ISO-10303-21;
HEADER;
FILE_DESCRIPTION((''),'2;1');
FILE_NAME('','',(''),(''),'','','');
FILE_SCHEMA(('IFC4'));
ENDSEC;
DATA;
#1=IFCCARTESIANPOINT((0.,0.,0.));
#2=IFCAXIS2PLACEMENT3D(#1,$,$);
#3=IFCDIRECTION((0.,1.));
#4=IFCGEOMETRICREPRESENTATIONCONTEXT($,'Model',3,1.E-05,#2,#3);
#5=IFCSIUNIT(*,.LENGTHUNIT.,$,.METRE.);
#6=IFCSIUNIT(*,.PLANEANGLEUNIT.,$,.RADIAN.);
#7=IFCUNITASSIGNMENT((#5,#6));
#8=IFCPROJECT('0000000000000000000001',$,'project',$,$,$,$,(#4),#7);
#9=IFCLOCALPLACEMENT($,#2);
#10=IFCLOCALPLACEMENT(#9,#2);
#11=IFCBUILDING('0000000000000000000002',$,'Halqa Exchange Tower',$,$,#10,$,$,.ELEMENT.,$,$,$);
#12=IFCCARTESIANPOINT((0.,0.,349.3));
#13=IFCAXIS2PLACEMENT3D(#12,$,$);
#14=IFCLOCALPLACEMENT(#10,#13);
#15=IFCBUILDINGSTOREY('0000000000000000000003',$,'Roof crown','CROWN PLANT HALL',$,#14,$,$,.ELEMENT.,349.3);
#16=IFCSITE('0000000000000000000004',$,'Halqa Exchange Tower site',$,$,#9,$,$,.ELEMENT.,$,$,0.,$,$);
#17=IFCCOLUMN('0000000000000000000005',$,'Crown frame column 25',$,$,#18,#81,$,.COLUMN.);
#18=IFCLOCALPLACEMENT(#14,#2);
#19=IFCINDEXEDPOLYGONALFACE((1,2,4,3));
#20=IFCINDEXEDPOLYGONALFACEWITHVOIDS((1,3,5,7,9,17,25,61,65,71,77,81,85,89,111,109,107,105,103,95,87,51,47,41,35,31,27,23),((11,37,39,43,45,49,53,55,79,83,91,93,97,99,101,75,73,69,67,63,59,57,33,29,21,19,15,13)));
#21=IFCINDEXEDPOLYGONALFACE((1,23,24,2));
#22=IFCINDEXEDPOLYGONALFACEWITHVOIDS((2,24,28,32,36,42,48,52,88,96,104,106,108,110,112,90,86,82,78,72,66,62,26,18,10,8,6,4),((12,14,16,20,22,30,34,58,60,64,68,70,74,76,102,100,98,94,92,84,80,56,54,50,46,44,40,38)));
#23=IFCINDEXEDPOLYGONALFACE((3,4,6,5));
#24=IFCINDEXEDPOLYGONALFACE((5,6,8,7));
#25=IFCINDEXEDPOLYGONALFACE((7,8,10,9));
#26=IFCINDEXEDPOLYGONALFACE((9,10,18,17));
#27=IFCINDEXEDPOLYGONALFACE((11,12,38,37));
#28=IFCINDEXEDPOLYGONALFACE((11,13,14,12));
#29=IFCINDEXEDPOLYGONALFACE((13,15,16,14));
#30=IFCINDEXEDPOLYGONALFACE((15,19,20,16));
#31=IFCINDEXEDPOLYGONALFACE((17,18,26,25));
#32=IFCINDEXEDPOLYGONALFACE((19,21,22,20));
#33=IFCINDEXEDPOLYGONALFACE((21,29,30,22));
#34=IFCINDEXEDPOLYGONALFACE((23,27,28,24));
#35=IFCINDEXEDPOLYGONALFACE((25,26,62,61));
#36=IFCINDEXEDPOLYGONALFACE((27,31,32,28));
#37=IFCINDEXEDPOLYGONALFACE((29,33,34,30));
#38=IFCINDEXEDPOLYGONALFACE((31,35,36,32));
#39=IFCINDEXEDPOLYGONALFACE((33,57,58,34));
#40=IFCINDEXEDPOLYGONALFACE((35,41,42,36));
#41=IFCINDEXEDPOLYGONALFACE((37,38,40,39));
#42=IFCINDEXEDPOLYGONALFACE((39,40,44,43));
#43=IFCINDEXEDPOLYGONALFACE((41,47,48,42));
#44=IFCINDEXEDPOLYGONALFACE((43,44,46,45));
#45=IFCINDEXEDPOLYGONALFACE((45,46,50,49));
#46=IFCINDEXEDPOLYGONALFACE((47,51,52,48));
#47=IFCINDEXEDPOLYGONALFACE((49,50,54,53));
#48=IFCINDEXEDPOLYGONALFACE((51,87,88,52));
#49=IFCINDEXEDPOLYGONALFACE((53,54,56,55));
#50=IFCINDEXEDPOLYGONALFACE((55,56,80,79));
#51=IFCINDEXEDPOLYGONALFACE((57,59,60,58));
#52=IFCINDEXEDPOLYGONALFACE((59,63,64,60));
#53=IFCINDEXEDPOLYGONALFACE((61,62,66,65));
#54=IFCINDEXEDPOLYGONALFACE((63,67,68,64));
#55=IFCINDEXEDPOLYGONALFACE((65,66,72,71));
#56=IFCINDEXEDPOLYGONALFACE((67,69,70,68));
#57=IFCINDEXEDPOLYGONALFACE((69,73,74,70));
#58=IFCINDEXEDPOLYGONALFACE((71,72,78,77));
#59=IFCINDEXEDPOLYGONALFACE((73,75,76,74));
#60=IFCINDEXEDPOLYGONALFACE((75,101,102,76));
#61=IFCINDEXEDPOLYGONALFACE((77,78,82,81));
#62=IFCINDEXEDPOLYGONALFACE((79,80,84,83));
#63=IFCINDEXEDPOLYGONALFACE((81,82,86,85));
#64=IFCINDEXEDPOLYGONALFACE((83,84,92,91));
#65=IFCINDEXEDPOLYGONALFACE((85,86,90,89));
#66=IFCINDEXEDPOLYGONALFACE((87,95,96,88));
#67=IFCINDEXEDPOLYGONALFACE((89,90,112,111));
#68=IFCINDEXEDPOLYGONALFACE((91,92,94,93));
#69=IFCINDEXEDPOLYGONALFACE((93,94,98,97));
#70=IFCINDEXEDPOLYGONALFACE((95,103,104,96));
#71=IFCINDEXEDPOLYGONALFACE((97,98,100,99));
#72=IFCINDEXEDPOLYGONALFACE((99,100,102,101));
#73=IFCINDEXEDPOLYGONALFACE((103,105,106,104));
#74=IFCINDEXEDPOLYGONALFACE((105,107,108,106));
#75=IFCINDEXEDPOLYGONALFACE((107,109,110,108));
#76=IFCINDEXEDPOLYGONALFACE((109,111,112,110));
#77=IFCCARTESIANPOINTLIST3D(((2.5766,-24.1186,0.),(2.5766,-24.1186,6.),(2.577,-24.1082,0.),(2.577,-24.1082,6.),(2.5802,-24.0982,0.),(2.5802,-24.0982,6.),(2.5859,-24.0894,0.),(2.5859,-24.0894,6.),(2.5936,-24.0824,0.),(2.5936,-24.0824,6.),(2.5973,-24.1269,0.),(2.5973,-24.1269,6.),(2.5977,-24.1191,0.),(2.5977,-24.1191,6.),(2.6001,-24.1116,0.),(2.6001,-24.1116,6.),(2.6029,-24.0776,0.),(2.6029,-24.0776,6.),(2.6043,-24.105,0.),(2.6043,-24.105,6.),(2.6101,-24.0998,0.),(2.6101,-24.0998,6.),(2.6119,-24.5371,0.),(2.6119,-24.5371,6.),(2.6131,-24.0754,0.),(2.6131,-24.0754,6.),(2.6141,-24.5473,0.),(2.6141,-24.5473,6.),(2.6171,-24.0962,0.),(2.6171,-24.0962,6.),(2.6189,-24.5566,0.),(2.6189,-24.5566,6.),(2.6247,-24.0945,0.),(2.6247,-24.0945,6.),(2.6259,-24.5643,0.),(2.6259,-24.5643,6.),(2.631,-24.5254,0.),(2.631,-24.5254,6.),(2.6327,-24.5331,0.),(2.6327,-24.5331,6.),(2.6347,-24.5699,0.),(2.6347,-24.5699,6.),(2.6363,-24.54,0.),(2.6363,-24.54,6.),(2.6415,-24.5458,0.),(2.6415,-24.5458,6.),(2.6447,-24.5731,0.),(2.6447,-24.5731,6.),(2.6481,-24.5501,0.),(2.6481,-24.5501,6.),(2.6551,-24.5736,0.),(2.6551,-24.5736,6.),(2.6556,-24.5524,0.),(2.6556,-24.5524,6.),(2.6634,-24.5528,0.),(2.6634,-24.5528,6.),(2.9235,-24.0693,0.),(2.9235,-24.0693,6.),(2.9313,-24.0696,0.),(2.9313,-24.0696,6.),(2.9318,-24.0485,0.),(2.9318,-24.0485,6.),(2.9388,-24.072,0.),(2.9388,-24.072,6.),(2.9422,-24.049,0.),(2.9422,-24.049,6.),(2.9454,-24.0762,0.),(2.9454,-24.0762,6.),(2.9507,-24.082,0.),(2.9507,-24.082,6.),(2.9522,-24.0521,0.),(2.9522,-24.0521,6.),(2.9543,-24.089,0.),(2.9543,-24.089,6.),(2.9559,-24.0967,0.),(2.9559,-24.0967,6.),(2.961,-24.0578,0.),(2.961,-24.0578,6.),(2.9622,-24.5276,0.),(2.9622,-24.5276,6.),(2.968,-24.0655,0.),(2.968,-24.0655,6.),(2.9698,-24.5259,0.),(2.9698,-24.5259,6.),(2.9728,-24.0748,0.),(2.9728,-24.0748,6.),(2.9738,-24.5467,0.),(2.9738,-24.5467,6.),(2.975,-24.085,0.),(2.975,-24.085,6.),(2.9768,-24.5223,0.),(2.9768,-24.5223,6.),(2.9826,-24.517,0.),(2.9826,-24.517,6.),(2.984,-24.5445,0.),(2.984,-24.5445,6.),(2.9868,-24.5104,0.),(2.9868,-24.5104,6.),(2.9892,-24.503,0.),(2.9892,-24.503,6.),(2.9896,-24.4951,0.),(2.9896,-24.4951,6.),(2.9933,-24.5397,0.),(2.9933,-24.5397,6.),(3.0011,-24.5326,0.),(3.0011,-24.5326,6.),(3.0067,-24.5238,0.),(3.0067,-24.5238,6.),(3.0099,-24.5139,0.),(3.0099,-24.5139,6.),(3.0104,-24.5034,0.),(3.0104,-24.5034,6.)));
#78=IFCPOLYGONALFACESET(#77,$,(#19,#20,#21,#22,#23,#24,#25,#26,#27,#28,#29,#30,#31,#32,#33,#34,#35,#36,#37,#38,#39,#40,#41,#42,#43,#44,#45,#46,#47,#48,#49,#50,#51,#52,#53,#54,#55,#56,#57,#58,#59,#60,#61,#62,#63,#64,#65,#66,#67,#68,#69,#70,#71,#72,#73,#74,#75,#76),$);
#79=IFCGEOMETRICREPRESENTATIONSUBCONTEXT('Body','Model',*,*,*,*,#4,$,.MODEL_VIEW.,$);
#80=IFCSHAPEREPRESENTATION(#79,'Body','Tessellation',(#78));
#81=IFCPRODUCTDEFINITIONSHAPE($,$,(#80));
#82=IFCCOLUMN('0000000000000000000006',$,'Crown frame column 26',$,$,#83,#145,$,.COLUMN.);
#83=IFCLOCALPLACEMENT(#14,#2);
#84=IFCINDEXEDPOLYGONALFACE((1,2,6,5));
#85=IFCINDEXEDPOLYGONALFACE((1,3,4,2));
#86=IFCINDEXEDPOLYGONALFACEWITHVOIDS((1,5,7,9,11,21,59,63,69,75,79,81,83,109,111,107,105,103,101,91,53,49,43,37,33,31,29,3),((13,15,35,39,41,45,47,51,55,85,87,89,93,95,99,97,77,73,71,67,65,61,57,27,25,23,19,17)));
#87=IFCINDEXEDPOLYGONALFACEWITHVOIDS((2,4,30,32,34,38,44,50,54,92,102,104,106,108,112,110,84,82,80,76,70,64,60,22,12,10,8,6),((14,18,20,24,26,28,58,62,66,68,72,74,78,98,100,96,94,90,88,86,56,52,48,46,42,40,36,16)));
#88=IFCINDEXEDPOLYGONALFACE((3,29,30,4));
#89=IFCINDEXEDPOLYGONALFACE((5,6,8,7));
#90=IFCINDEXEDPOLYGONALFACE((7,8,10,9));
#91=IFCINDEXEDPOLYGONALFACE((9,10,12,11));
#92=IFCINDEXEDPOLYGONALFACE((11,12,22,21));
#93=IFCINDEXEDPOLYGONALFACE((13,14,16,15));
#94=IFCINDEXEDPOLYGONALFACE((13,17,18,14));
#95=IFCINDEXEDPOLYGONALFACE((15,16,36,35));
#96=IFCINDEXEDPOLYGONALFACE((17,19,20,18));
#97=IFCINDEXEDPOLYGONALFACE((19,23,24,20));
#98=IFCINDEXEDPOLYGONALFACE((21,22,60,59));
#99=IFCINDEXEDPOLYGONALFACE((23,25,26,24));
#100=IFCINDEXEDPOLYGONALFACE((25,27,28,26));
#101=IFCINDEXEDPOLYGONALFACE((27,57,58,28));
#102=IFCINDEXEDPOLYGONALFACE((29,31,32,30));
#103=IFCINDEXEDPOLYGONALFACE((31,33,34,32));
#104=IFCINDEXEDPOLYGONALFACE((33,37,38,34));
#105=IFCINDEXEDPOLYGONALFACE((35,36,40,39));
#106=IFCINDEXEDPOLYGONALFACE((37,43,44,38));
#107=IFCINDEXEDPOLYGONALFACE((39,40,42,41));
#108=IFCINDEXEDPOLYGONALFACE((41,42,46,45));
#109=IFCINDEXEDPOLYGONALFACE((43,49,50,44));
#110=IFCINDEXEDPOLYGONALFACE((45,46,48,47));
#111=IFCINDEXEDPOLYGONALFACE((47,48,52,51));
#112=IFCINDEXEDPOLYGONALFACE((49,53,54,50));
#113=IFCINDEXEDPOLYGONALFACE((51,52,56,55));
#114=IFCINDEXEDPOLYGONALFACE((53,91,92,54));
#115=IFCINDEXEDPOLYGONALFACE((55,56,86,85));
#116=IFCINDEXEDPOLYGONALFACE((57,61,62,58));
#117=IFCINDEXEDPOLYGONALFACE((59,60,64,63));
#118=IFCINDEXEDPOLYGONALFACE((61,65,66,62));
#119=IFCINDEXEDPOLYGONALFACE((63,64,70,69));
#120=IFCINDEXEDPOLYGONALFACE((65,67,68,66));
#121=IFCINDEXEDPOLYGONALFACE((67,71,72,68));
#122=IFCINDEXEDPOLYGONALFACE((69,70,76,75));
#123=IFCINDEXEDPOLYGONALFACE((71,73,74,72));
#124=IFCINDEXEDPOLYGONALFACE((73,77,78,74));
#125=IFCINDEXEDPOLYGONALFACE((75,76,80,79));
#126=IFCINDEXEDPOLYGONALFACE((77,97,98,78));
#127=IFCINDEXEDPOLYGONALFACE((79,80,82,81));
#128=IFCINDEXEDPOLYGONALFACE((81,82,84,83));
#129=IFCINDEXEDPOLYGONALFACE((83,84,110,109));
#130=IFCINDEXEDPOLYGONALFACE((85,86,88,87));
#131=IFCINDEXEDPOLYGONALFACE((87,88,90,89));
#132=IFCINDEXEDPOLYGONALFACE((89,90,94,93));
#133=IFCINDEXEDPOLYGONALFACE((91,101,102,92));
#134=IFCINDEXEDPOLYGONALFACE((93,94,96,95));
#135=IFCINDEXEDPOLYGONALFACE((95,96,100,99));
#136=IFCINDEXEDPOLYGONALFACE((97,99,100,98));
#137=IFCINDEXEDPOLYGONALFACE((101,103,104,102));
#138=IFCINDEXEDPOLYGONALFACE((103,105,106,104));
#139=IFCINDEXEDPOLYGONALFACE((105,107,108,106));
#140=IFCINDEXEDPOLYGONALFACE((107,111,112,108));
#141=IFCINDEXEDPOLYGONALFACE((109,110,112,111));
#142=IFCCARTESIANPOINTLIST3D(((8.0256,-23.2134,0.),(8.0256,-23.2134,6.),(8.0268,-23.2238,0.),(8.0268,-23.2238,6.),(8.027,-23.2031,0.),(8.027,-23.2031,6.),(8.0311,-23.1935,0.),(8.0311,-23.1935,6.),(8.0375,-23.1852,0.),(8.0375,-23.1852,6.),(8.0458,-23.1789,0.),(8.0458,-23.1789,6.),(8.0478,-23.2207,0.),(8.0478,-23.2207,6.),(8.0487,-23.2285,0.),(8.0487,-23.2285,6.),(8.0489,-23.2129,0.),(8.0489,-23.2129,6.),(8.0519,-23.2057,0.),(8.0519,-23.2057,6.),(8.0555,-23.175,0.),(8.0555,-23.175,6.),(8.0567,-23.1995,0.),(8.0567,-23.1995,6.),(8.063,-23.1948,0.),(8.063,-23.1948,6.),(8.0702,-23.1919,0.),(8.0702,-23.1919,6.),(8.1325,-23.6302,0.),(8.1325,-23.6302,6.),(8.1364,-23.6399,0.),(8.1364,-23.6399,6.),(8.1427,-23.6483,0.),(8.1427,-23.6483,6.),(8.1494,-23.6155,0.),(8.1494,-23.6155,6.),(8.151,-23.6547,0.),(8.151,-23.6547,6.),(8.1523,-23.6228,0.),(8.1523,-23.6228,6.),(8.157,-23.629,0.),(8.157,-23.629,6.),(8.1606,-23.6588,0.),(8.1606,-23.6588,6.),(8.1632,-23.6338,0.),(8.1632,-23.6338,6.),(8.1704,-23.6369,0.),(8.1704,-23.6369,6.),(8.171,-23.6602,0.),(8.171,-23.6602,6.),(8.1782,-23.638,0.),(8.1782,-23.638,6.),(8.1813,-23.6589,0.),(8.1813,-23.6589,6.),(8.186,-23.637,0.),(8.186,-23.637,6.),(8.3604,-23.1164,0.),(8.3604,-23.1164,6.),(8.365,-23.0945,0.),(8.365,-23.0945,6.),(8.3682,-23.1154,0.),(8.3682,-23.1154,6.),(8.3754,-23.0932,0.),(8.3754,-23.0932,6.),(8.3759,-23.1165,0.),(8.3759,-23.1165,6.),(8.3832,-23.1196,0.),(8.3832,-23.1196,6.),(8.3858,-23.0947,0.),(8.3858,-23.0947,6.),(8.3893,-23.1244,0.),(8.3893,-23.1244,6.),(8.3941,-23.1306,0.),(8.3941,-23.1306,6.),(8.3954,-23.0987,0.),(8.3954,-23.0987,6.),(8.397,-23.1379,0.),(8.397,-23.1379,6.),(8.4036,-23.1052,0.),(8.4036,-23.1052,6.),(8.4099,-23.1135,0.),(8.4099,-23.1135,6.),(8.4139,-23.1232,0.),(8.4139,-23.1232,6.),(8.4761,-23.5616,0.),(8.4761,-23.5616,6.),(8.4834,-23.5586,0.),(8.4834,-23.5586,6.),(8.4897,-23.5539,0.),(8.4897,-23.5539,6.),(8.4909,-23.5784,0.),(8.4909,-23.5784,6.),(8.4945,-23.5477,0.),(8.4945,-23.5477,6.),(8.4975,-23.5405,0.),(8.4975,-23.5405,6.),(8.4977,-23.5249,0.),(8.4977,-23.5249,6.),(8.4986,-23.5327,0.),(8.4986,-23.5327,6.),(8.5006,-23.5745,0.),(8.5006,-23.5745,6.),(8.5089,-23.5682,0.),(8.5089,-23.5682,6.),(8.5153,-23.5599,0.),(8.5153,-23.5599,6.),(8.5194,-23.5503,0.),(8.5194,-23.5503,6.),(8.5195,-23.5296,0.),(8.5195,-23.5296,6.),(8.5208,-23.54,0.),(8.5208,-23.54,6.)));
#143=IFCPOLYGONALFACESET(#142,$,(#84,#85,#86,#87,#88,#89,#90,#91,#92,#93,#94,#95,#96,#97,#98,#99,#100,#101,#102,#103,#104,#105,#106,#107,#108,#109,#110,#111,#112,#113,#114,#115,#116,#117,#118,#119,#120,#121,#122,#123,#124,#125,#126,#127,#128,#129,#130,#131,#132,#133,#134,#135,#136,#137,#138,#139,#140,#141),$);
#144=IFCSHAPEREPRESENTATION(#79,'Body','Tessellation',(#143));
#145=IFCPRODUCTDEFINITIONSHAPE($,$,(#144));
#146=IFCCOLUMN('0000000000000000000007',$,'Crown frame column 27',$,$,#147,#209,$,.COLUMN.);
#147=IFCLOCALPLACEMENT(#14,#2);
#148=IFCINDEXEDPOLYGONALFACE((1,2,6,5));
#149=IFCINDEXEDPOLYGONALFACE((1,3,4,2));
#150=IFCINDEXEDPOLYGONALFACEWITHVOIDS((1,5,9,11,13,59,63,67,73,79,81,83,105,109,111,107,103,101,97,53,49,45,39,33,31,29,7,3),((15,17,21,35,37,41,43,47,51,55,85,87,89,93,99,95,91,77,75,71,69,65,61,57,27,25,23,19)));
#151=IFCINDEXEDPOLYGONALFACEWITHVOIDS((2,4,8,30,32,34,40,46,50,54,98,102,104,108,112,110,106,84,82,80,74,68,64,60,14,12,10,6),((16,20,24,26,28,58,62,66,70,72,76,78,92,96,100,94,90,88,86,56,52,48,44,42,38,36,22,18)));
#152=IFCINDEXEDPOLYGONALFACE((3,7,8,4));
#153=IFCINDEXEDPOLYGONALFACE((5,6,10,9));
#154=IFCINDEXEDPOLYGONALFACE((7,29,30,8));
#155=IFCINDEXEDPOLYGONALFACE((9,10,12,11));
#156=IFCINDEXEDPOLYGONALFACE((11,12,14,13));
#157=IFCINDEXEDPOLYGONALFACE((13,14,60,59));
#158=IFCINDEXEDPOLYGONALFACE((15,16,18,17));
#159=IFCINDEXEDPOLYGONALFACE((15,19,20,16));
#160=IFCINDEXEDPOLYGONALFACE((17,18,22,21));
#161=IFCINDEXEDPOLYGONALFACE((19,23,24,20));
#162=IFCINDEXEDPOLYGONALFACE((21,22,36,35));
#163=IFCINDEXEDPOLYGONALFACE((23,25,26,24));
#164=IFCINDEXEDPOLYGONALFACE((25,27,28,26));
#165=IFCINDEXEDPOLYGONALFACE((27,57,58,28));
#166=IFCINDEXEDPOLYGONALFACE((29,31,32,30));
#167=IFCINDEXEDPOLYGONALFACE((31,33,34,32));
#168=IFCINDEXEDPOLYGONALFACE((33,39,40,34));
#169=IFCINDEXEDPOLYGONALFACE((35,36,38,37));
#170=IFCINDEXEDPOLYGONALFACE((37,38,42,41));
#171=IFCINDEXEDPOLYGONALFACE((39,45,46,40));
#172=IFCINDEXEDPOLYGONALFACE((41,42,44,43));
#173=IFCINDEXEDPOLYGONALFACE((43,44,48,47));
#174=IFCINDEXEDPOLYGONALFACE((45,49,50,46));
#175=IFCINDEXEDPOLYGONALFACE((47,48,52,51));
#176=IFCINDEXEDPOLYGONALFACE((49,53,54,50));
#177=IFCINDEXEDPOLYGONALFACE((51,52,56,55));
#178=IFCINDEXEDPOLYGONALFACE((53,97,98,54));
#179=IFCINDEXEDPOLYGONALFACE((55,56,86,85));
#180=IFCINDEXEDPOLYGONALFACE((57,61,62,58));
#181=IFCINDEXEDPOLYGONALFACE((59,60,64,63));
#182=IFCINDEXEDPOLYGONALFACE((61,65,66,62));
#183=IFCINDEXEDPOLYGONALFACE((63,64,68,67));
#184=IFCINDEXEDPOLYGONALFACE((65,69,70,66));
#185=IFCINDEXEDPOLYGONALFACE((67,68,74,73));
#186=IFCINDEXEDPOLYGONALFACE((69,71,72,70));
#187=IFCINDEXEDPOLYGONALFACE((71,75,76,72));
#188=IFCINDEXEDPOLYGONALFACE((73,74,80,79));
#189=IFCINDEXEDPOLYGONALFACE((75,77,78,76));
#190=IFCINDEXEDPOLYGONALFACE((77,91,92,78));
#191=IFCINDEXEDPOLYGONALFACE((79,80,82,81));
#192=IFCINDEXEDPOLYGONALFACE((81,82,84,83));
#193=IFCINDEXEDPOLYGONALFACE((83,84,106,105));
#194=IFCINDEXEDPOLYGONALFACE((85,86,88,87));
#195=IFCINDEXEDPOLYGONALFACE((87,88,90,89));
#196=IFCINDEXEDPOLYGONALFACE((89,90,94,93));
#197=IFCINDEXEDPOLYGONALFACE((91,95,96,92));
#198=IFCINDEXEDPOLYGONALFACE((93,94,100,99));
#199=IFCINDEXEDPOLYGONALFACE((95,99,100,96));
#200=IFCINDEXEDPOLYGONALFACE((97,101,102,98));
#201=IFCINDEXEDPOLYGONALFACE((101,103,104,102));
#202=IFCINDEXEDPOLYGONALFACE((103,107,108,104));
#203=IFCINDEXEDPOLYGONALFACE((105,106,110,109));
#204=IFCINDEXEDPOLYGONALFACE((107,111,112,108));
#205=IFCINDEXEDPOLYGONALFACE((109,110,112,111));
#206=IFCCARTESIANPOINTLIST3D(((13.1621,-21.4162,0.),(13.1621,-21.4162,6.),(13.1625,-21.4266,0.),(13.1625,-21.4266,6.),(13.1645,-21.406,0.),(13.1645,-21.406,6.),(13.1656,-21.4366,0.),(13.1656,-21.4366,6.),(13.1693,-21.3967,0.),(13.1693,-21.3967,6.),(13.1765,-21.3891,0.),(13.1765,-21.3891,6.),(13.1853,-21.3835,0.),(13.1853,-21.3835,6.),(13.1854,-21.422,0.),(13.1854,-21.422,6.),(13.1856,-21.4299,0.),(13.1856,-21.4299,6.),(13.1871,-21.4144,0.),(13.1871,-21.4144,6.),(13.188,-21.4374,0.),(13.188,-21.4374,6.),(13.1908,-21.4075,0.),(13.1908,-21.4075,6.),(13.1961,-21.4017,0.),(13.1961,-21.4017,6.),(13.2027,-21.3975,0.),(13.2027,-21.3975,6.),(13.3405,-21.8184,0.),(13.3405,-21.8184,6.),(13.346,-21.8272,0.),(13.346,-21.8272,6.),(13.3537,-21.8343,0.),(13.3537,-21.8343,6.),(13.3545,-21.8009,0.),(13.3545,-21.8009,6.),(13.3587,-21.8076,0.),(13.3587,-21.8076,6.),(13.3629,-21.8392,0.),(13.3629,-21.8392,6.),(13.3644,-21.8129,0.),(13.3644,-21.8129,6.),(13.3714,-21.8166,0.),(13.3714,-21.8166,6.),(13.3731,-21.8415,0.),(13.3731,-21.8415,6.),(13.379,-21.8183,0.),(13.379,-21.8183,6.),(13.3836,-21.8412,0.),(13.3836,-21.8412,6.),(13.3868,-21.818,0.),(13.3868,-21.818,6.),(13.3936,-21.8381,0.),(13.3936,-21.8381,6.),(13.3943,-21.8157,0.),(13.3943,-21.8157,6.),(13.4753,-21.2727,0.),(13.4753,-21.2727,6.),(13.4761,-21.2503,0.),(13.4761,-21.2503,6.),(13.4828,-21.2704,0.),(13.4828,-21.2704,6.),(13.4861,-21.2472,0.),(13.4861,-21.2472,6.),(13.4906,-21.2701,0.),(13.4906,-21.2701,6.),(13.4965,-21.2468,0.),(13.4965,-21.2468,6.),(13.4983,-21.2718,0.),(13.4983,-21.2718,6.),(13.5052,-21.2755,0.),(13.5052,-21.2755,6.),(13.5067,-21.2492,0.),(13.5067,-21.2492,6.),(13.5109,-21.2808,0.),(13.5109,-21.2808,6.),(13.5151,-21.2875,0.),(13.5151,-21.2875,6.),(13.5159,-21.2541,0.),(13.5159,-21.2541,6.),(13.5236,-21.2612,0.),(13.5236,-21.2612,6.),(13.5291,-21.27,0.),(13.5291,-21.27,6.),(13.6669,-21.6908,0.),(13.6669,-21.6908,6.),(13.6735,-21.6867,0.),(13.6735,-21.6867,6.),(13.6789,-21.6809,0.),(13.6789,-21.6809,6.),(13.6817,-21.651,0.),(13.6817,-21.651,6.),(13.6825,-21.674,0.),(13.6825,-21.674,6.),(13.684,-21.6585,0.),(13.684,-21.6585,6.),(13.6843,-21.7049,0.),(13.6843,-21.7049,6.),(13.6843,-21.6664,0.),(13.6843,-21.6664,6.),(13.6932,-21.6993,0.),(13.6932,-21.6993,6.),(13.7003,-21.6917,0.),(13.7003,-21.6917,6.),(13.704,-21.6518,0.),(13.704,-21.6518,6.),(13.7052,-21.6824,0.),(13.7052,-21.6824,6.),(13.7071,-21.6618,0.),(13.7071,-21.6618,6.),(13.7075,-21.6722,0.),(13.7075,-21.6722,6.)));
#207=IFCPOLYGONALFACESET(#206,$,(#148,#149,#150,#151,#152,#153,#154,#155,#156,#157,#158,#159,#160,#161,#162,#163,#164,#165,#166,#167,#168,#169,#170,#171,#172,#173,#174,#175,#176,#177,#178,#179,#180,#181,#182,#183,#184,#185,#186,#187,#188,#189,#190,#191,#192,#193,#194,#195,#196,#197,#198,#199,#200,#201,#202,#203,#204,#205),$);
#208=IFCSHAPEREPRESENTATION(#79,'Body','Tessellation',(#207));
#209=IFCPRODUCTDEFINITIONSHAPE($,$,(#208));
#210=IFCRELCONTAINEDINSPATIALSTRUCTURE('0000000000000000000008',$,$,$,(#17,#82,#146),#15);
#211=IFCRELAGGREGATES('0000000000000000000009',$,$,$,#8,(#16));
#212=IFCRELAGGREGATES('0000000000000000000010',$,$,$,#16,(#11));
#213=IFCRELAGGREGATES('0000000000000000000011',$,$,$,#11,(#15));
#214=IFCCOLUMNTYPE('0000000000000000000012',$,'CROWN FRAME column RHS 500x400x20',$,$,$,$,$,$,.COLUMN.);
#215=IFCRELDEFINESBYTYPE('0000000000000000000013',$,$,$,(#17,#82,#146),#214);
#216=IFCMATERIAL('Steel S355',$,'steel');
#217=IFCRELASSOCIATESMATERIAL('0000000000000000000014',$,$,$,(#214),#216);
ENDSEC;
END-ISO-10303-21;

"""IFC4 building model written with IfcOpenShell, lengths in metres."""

from ifc_helpers import new_model, si_unit, direction, frame, origin, origin_2d, place, context, subcontext, project, spatial, hollow_rectangle, extrude, material, material_profile, profile_set, type_object, element, save


model = new_model("IFC4")

# Units and contexts
model_context = context("Model", 3, precision=1e-05, world=origin(), true_north=direction((0.0, 1.0)))
body_context = subcontext(model_context, "Body", "Model", "MODEL_VIEW")
ifc_project = project(units=[si_unit("LENGTHUNIT", "METRE"), si_unit("PLANEANGLEUNIT", "RADIAN")], contexts=[model_context])

# Site, building, storey
site_placement = place(None, origin())
site = spatial("IfcSite", under=ifc_project, at=site_placement, Name="Halqa Exchange Tower site", CompositionType="ELEMENT", RefElevation=0.0)
building_placement = place(site_placement, origin())
building = spatial("IfcBuilding", under=site, at=building_placement, Name="Halqa Exchange Tower", CompositionType="ELEMENT")
storey_placement = place(building_placement, frame((0.0, 0.0, 349.3)))
storey = spatial("IfcBuildingStorey", under=building, at=storey_placement, Name="Roof crown", Description="CROWN PLANT HALL", CompositionType="ELEMENT", Elevation=349.3)

# Columns
ifc_material_1 = material(Name="Steel S355", Category="steel")
ifc_material_profile_1 = material_profile(ifc_material_1, hollow_rectangle(XDim=0.3999, YDim=0.5, WallThickness=0.02, InnerFilletRadius=0.03, OuterFilletRadius=0.04, at=origin_2d()), Name="RHS 500x400x20")
ifc_profile_set_1 = profile_set([ifc_material_profile_1], Name="Steel S355")
column_type = type_object("IfcColumnType", Name="CROWN FRAME column RHS 500x400x20", PredefinedType="COLUMN", material=ifc_profile_set_1)
for number, where, z_axis, x_axis, name in (
    (1, (2.7935, -24.311, 0.0), (0.0, 0.0, 1.0), (0.996455, 0.084127, 0.0), "Crown frame column 25"),
    (2, (8.2732, -23.3767, 0.0), (0.0, 0.0, 1.0), (0.967819, 0.251647, 0.0), "Crown frame column 26"),
    (3, (13.4348, -21.5442, 0.0), (0.0, 0.0, 1.0), (0.909129, 0.416516, 0.0), "Crown frame column 27"),
):
    element("IfcColumn", number, at=place(storey_placement, frame(where, z_axis=z_axis, x_axis=x_axis)), inside=storey, type_object=column_type, Name=name, PredefinedType="COLUMN", context=body_context, shape_type="SweptSolid", body=[
        extrude(hollow_rectangle(XDim=0.3999, YDim=0.5, WallThickness=0.02, InnerFilletRadius=0.03, OuterFilletRadius=0.04, at=origin_2d()), origin(), (0.0, 0.0, 1.0), 6.0),
    ])

save(model, "model.ifc")
